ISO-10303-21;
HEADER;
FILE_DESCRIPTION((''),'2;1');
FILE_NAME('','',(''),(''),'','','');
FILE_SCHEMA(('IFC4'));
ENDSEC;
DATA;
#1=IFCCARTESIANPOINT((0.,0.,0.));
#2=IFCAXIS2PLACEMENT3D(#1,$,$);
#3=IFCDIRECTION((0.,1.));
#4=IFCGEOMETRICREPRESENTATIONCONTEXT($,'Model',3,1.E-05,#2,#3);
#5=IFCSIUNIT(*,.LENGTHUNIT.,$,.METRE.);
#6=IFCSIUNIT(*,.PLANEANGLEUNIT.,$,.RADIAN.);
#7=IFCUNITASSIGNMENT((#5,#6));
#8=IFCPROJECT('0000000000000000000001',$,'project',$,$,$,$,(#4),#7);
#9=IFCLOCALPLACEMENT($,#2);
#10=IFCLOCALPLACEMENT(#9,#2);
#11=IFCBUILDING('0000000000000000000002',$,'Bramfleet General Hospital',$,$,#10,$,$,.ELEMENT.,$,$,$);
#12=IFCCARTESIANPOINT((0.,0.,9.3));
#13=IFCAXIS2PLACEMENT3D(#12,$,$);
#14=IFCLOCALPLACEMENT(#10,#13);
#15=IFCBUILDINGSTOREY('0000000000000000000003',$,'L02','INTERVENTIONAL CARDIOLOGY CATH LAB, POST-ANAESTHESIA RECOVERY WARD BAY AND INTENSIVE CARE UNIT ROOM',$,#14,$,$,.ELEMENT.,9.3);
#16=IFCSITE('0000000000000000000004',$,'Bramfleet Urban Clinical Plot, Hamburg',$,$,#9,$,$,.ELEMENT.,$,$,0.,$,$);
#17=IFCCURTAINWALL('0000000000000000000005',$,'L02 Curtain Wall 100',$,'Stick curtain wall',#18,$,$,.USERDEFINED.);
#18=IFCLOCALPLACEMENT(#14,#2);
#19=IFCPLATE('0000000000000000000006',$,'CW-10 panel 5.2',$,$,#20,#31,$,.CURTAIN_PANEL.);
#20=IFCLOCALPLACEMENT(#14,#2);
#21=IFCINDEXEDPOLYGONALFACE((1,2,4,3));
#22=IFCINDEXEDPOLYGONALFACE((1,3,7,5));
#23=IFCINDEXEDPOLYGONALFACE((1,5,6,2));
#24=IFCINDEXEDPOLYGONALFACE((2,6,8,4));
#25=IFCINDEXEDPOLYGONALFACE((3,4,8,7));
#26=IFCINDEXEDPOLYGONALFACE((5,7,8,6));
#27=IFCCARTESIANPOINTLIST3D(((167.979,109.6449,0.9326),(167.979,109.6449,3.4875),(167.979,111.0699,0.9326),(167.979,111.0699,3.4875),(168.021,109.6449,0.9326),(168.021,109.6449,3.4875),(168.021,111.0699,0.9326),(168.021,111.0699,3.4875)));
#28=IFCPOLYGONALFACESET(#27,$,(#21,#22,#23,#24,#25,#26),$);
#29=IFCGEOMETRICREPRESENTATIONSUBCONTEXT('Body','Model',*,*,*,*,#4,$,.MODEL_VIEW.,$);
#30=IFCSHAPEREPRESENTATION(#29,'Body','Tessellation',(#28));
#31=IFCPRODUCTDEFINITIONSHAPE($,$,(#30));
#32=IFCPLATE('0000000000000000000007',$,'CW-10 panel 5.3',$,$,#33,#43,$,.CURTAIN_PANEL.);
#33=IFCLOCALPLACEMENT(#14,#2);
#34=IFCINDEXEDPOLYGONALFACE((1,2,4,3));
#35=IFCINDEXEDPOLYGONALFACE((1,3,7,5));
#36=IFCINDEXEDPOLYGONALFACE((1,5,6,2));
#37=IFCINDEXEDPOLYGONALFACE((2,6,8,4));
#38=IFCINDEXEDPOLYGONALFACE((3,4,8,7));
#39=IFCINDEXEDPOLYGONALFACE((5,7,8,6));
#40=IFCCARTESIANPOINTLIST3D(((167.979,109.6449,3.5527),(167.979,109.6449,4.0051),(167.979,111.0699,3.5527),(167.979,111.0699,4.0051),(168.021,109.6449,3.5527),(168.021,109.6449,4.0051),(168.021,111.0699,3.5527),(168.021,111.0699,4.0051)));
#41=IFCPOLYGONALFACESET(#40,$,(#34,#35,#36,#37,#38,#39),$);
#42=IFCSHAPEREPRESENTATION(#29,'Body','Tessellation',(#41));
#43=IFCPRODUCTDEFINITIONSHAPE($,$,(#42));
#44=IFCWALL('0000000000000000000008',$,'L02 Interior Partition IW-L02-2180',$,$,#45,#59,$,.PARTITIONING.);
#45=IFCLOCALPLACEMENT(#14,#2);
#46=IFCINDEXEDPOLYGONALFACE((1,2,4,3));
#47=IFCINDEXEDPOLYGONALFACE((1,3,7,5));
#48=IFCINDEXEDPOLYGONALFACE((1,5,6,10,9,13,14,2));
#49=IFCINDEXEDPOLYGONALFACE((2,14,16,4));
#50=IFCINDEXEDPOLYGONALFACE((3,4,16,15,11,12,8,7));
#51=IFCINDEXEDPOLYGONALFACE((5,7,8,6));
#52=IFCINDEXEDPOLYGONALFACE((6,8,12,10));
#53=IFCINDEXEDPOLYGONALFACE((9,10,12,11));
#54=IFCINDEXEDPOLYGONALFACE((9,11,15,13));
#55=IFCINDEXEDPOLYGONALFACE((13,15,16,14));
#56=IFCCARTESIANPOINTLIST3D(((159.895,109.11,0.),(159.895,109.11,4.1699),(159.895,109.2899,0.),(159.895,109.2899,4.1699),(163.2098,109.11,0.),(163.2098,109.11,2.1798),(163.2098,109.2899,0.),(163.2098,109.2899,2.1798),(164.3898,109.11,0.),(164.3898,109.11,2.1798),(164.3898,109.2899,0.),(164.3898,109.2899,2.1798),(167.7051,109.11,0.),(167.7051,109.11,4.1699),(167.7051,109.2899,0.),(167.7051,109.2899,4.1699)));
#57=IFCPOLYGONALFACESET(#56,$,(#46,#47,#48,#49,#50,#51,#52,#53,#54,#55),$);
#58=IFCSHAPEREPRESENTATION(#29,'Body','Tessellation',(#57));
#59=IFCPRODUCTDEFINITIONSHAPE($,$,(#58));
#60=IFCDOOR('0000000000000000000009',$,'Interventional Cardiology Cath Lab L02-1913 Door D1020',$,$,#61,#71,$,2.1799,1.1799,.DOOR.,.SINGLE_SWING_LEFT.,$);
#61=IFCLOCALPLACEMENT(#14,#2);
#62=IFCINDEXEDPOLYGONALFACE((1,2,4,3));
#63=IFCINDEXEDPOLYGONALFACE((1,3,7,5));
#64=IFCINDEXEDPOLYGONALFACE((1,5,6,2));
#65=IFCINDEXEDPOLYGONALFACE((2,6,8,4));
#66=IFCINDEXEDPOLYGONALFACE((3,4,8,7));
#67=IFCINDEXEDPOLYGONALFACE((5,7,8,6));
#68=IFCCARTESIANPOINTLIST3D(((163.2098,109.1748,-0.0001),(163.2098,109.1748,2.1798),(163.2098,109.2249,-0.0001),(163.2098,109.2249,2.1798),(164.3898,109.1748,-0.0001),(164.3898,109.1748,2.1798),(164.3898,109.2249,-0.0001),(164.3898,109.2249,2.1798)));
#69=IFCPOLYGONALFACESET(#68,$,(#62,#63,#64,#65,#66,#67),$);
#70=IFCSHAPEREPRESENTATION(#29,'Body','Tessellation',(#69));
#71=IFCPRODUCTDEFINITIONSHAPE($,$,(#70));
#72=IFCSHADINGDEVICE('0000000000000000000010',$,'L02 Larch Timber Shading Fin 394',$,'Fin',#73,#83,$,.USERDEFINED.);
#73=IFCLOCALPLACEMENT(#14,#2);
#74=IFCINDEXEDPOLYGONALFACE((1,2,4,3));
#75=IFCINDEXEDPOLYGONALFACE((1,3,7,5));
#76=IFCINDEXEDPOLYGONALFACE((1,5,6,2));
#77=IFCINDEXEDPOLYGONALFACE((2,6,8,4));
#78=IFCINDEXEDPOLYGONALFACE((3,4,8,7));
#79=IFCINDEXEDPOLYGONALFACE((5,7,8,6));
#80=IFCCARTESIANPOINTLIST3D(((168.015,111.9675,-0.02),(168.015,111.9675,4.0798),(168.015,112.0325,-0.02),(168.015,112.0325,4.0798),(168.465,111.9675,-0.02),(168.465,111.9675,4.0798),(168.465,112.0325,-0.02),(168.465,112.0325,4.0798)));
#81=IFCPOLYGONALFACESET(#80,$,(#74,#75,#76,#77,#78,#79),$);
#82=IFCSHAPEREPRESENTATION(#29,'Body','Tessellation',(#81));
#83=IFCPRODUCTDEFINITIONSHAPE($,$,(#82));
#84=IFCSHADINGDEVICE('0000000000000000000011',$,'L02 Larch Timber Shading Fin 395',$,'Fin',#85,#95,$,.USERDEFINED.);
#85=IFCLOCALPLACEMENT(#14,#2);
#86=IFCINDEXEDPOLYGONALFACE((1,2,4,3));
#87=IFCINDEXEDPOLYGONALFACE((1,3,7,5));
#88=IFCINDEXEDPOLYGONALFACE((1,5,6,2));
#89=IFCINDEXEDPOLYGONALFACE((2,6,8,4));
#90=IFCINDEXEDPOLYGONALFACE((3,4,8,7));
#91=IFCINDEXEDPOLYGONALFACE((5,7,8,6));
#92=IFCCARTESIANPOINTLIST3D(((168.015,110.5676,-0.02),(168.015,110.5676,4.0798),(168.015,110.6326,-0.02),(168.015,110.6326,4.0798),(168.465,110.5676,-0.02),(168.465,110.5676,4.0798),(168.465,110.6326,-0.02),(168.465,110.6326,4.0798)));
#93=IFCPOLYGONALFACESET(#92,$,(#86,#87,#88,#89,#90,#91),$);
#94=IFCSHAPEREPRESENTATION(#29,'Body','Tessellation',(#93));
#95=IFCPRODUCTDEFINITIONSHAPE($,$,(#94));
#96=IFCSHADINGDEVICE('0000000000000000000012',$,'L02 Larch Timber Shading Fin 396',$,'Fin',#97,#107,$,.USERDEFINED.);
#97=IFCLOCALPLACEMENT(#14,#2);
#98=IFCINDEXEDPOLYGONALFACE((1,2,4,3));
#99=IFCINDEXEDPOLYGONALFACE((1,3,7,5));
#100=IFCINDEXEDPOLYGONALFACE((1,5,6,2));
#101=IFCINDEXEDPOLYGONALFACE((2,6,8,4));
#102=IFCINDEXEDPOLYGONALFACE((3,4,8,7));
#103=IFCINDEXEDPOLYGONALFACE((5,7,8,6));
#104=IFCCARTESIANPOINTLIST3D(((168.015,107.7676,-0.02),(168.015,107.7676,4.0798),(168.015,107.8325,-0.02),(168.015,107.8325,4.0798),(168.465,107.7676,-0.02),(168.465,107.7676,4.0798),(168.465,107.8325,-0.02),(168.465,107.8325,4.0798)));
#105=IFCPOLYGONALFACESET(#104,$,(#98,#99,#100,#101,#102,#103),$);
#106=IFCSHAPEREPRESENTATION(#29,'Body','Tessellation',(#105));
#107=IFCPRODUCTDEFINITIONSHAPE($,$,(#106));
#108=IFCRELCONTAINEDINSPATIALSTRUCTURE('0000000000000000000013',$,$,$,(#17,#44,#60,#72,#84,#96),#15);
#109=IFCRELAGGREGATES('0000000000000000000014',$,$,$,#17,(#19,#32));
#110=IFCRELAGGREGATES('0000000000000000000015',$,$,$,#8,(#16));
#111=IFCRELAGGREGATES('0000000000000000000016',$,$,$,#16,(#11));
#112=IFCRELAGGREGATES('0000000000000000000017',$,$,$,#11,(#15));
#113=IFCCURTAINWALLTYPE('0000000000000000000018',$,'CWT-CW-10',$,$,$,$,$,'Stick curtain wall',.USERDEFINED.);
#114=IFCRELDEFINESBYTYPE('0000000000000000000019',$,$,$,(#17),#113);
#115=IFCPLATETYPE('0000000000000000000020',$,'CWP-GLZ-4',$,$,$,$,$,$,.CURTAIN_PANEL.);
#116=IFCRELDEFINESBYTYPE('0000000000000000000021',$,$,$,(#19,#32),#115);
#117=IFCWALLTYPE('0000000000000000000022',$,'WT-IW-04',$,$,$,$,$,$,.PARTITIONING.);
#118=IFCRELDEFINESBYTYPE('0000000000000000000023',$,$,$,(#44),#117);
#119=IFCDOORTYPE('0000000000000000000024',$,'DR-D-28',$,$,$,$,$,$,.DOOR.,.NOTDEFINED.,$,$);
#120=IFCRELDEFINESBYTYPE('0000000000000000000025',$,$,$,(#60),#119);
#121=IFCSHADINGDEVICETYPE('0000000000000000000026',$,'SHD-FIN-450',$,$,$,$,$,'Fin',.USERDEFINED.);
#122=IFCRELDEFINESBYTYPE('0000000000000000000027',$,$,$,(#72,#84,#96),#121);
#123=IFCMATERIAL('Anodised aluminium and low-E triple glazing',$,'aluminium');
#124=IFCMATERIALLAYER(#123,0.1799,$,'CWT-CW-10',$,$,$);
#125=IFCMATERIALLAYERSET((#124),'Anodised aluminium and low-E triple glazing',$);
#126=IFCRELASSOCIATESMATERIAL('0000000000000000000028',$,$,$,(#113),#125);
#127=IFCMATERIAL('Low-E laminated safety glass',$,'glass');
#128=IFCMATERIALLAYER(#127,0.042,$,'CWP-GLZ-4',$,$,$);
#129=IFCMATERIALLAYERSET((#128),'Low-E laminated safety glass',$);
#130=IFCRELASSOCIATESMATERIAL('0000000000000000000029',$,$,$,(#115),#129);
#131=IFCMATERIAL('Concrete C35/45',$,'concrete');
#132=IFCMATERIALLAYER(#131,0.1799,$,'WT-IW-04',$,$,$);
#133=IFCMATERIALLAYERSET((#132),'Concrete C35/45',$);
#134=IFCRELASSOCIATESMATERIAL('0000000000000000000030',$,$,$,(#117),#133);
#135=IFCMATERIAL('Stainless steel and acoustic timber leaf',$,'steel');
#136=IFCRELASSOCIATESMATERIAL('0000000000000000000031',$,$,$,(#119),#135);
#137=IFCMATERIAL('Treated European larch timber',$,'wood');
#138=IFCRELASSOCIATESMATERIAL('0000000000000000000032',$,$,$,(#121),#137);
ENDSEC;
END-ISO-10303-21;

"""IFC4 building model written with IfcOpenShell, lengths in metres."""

from ifc_helpers import new_model, si_unit, direction, frame, frame_2d, origin, origin_2d, place, context, subcontext, project, spatial, rectangle, extrude, material, layer, layer_set, material_profile, profile_set, type_object, element, fill, aggregate, save


model = new_model("IFC4")

# Units and contexts
model_context = context("Model", 3, precision=1e-05, world=origin(), true_north=direction((0.0, 1.0)))
body_context = subcontext(model_context, "Body", "Model", "MODEL_VIEW")
ifc_project = project(units=[si_unit("LENGTHUNIT", "METRE"), si_unit("PLANEANGLEUNIT", "RADIAN")], contexts=[model_context])

# Site, building, storey
site_placement = place(None, origin())
site = spatial("IfcSite", under=ifc_project, at=site_placement, Name="Bramfleet Urban Clinical Plot, Hamburg", CompositionType="ELEMENT", RefElevation=0.0)
building_placement = place(site_placement, origin())
building = spatial("IfcBuilding", under=site, at=building_placement, Name="Bramfleet General Hospital", CompositionType="ELEMENT")
storey_placement = place(building_placement, frame((0.0, 0.0, 9.3)))
storey = spatial("IfcBuildingStorey", under=building, at=storey_placement, Name="L02", Description="INTERVENTIONAL CARDIOLOGY CATH LAB, POST-ANAESTHESIA RECOVERY WARD BAY AND INTENSIVE CARE UNIT ROOM", CompositionType="ELEMENT", Elevation=9.3)

# Shared definitions
ifc_material_1 = material(Name="Concrete C35/45", Category="concrete")

# Curtain wall
ifc_material_2 = material(Name="Anodised aluminium and low-E triple glazing", Category="aluminium")
ifc_layer_1 = layer(ifc_material_2, 0.1799, Name="CWT-CW-10")
ifc_layer_set_1 = layer_set([ifc_layer_1], Name="Anodised aluminium and low-E triple glazing")
curtain_wall_type_1 = type_object("IfcCurtainWallType", Name="CWT-CW-10", ElementType="Stick curtain wall", PredefinedType="USERDEFINED", material=ifc_layer_set_1)
curtain_wall_1_placement = place(storey_placement, origin())
curtain_wall_1 = element("IfcCurtainWall", 1, at=curtain_wall_1_placement, inside=storey, type_object=curtain_wall_type_1, Name="L02 Curtain Wall 100", ObjectType="Stick curtain wall", PredefinedType="USERDEFINED")

# Plates
ifc_material_3 = material(Name="Low-E laminated safety glass", Category="glass")
ifc_layer_2 = layer(ifc_material_3, 0.042, Name="CWP-GLZ-4")
ifc_layer_set_2 = layer_set([ifc_layer_2], Name="Low-E laminated safety glass")
plate_type_1 = type_object("IfcPlateType", Name="CWP-GLZ-4", PredefinedType="CURTAIN_PANEL", material=ifc_layer_set_2)
plate_1_placement = place(storey_placement, frame((168.0, 110.3574, 0.9326), z_axis=(0.0, 0.0, 1.0), x_axis=(0.0, -1.0, 0.0)))
plate_1 = element("IfcPlate", 2, at=plate_1_placement, type_object=plate_type_1, Name="CW-10 panel 5.2", PredefinedType="CURTAIN_PANEL", context=body_context, shape_type="SweptSolid", body=[
    extrude(rectangle(XDim=1.425, YDim=0.042, at=origin_2d()), origin(), (0.0, 0.0, 1.0), 2.5549),
])
plate_2_placement = place(storey_placement, frame((168.0, 110.3574, 3.5527), z_axis=(0.0, 0.0, 1.0), x_axis=(0.0, -1.0, 0.0)))
plate_2 = element("IfcPlate", 3, at=plate_2_placement, type_object=plate_type_1, Name="CW-10 panel 5.3", PredefinedType="CURTAIN_PANEL", context=body_context, shape_type="SweptSolid", body=[
    extrude(rectangle(XDim=1.425, YDim=0.042, at=origin_2d()), origin(), (0.0, 0.0, 1.0), 0.4524),
])
aggregate(curtain_wall_1, [plate_1, plate_2])

# Wall, opening, door
ifc_layer_3 = layer(ifc_material_1, 0.1799, Name="WT-IW-04")
ifc_layer_set_3 = layer_set([ifc_layer_3], Name="Concrete C35/45")
wall_type = type_object("IfcWallType", Name="WT-IW-04", PredefinedType="PARTITIONING", material=ifc_layer_set_3)
wall_placement = place(storey_placement, frame((159.895, 109.2, 0.0), z_axis=(0.0, 0.0, 1.0), x_axis=(1.0, 0.0, 0.0)))
wall = element("IfcWall", 4, at=wall_placement, inside=storey, type_object=wall_type, Name="L02 Interior Partition IW-L02-2180", PredefinedType="PARTITIONING", context=body_context, shape_type="SweptSolid", body=[
    extrude(rectangle(XDim=7.8101, YDim=0.1799, at=frame_2d((3.905, 0.0))), origin(), (0.0, 0.0, 1.0), 4.1699),
])
opening_placement = place(wall_placement, frame((3.3149, 0.0, 0.0)))
opening = element("IfcOpeningElement", 5, at=opening_placement, cuts=wall, PredefinedType="OPENING", context=body_context, shape_type="SweptSolid", body=[
    extrude(rectangle(XDim=1.1799, YDim=2.1799, at=frame_2d((0.5898, 1.0898))), frame((0.0, 0.0999, 0.0), z_axis=(0.0, -1.0, 0.0), x_axis=(1.0, 0.0, 0.0)), (0.0, 0.0, 1.0), 0.2),
])
ifc_material_4 = material(Name="Stainless steel and acoustic timber leaf", Category="steel")
door_type = type_object("IfcDoorType", Name="DR-D-28", OperationType="NOTDEFINED", PredefinedType="DOOR", material=ifc_material_4)
door_placement = place(opening_placement, origin())
door = element("IfcDoor", 6, at=door_placement, inside=storey, type_object=door_type, Name="Interventional Cardiology Cath Lab L02-1913 Door D1020", OperationType="SINGLE_SWING_LEFT", OverallHeight=2.1799, OverallWidth=1.1799, PredefinedType="DOOR", context=body_context, shape_type="SweptSolid", body=[
    extrude(rectangle(XDim=1.1799, YDim=2.1799, at=frame_2d((0.5898, 1.0898))), frame((0.0, 0.0249, 0.0), z_axis=(0.0, -1.0, 0.0), x_axis=(1.0, 0.0, 0.0)), (0.0, 0.0, 1.0), 0.05),
])
fill(opening, door)

# Shading devices
ifc_material_5 = material(Name="Treated European larch timber", Category="wood")
ifc_material_profile_1 = material_profile(ifc_material_5, rectangle(XDim=0.0649, YDim=0.45, at=origin_2d()), Name="LARCH FIN 450x65")
ifc_profile_set_1 = profile_set([ifc_material_profile_1], Name="Treated European larch timber")
shading_device_type = type_object("IfcShadingDeviceType", Name="SHD-FIN-450", ElementType="Fin", PredefinedType="USERDEFINED", material=ifc_profile_set_1)
for number, where, z_axis, x_axis, name in (
    (7, (168.24, 112.0, -0.02), (0.0, 0.0, 1.0), (0.0, -1.0, 0.0), "L02 Larch Timber Shading Fin 394"),
    (8, (168.24, 110.6001, -0.02), (0.0, 0.0, 1.0), (0.0, -1.0, 0.0), "L02 Larch Timber Shading Fin 395"),
    (9, (168.24, 107.8, -0.02), (0.0, 0.0, 1.0), (0.0, -1.0, 0.0), "L02 Larch Timber Shading Fin 396"),
):
    element("IfcShadingDevice", number, at=place(storey_placement, frame(where, z_axis=z_axis, x_axis=x_axis)), inside=storey, type_object=shading_device_type, Name=name, ObjectType="Fin", PredefinedType="USERDEFINED", context=body_context, shape_type="SweptSolid", body=[
        extrude(rectangle(XDim=0.0649, YDim=0.45, at=origin_2d()), origin(), (0.0, 0.0, 1.0), 4.0999),
    ])

save(model, "model.ifc")
